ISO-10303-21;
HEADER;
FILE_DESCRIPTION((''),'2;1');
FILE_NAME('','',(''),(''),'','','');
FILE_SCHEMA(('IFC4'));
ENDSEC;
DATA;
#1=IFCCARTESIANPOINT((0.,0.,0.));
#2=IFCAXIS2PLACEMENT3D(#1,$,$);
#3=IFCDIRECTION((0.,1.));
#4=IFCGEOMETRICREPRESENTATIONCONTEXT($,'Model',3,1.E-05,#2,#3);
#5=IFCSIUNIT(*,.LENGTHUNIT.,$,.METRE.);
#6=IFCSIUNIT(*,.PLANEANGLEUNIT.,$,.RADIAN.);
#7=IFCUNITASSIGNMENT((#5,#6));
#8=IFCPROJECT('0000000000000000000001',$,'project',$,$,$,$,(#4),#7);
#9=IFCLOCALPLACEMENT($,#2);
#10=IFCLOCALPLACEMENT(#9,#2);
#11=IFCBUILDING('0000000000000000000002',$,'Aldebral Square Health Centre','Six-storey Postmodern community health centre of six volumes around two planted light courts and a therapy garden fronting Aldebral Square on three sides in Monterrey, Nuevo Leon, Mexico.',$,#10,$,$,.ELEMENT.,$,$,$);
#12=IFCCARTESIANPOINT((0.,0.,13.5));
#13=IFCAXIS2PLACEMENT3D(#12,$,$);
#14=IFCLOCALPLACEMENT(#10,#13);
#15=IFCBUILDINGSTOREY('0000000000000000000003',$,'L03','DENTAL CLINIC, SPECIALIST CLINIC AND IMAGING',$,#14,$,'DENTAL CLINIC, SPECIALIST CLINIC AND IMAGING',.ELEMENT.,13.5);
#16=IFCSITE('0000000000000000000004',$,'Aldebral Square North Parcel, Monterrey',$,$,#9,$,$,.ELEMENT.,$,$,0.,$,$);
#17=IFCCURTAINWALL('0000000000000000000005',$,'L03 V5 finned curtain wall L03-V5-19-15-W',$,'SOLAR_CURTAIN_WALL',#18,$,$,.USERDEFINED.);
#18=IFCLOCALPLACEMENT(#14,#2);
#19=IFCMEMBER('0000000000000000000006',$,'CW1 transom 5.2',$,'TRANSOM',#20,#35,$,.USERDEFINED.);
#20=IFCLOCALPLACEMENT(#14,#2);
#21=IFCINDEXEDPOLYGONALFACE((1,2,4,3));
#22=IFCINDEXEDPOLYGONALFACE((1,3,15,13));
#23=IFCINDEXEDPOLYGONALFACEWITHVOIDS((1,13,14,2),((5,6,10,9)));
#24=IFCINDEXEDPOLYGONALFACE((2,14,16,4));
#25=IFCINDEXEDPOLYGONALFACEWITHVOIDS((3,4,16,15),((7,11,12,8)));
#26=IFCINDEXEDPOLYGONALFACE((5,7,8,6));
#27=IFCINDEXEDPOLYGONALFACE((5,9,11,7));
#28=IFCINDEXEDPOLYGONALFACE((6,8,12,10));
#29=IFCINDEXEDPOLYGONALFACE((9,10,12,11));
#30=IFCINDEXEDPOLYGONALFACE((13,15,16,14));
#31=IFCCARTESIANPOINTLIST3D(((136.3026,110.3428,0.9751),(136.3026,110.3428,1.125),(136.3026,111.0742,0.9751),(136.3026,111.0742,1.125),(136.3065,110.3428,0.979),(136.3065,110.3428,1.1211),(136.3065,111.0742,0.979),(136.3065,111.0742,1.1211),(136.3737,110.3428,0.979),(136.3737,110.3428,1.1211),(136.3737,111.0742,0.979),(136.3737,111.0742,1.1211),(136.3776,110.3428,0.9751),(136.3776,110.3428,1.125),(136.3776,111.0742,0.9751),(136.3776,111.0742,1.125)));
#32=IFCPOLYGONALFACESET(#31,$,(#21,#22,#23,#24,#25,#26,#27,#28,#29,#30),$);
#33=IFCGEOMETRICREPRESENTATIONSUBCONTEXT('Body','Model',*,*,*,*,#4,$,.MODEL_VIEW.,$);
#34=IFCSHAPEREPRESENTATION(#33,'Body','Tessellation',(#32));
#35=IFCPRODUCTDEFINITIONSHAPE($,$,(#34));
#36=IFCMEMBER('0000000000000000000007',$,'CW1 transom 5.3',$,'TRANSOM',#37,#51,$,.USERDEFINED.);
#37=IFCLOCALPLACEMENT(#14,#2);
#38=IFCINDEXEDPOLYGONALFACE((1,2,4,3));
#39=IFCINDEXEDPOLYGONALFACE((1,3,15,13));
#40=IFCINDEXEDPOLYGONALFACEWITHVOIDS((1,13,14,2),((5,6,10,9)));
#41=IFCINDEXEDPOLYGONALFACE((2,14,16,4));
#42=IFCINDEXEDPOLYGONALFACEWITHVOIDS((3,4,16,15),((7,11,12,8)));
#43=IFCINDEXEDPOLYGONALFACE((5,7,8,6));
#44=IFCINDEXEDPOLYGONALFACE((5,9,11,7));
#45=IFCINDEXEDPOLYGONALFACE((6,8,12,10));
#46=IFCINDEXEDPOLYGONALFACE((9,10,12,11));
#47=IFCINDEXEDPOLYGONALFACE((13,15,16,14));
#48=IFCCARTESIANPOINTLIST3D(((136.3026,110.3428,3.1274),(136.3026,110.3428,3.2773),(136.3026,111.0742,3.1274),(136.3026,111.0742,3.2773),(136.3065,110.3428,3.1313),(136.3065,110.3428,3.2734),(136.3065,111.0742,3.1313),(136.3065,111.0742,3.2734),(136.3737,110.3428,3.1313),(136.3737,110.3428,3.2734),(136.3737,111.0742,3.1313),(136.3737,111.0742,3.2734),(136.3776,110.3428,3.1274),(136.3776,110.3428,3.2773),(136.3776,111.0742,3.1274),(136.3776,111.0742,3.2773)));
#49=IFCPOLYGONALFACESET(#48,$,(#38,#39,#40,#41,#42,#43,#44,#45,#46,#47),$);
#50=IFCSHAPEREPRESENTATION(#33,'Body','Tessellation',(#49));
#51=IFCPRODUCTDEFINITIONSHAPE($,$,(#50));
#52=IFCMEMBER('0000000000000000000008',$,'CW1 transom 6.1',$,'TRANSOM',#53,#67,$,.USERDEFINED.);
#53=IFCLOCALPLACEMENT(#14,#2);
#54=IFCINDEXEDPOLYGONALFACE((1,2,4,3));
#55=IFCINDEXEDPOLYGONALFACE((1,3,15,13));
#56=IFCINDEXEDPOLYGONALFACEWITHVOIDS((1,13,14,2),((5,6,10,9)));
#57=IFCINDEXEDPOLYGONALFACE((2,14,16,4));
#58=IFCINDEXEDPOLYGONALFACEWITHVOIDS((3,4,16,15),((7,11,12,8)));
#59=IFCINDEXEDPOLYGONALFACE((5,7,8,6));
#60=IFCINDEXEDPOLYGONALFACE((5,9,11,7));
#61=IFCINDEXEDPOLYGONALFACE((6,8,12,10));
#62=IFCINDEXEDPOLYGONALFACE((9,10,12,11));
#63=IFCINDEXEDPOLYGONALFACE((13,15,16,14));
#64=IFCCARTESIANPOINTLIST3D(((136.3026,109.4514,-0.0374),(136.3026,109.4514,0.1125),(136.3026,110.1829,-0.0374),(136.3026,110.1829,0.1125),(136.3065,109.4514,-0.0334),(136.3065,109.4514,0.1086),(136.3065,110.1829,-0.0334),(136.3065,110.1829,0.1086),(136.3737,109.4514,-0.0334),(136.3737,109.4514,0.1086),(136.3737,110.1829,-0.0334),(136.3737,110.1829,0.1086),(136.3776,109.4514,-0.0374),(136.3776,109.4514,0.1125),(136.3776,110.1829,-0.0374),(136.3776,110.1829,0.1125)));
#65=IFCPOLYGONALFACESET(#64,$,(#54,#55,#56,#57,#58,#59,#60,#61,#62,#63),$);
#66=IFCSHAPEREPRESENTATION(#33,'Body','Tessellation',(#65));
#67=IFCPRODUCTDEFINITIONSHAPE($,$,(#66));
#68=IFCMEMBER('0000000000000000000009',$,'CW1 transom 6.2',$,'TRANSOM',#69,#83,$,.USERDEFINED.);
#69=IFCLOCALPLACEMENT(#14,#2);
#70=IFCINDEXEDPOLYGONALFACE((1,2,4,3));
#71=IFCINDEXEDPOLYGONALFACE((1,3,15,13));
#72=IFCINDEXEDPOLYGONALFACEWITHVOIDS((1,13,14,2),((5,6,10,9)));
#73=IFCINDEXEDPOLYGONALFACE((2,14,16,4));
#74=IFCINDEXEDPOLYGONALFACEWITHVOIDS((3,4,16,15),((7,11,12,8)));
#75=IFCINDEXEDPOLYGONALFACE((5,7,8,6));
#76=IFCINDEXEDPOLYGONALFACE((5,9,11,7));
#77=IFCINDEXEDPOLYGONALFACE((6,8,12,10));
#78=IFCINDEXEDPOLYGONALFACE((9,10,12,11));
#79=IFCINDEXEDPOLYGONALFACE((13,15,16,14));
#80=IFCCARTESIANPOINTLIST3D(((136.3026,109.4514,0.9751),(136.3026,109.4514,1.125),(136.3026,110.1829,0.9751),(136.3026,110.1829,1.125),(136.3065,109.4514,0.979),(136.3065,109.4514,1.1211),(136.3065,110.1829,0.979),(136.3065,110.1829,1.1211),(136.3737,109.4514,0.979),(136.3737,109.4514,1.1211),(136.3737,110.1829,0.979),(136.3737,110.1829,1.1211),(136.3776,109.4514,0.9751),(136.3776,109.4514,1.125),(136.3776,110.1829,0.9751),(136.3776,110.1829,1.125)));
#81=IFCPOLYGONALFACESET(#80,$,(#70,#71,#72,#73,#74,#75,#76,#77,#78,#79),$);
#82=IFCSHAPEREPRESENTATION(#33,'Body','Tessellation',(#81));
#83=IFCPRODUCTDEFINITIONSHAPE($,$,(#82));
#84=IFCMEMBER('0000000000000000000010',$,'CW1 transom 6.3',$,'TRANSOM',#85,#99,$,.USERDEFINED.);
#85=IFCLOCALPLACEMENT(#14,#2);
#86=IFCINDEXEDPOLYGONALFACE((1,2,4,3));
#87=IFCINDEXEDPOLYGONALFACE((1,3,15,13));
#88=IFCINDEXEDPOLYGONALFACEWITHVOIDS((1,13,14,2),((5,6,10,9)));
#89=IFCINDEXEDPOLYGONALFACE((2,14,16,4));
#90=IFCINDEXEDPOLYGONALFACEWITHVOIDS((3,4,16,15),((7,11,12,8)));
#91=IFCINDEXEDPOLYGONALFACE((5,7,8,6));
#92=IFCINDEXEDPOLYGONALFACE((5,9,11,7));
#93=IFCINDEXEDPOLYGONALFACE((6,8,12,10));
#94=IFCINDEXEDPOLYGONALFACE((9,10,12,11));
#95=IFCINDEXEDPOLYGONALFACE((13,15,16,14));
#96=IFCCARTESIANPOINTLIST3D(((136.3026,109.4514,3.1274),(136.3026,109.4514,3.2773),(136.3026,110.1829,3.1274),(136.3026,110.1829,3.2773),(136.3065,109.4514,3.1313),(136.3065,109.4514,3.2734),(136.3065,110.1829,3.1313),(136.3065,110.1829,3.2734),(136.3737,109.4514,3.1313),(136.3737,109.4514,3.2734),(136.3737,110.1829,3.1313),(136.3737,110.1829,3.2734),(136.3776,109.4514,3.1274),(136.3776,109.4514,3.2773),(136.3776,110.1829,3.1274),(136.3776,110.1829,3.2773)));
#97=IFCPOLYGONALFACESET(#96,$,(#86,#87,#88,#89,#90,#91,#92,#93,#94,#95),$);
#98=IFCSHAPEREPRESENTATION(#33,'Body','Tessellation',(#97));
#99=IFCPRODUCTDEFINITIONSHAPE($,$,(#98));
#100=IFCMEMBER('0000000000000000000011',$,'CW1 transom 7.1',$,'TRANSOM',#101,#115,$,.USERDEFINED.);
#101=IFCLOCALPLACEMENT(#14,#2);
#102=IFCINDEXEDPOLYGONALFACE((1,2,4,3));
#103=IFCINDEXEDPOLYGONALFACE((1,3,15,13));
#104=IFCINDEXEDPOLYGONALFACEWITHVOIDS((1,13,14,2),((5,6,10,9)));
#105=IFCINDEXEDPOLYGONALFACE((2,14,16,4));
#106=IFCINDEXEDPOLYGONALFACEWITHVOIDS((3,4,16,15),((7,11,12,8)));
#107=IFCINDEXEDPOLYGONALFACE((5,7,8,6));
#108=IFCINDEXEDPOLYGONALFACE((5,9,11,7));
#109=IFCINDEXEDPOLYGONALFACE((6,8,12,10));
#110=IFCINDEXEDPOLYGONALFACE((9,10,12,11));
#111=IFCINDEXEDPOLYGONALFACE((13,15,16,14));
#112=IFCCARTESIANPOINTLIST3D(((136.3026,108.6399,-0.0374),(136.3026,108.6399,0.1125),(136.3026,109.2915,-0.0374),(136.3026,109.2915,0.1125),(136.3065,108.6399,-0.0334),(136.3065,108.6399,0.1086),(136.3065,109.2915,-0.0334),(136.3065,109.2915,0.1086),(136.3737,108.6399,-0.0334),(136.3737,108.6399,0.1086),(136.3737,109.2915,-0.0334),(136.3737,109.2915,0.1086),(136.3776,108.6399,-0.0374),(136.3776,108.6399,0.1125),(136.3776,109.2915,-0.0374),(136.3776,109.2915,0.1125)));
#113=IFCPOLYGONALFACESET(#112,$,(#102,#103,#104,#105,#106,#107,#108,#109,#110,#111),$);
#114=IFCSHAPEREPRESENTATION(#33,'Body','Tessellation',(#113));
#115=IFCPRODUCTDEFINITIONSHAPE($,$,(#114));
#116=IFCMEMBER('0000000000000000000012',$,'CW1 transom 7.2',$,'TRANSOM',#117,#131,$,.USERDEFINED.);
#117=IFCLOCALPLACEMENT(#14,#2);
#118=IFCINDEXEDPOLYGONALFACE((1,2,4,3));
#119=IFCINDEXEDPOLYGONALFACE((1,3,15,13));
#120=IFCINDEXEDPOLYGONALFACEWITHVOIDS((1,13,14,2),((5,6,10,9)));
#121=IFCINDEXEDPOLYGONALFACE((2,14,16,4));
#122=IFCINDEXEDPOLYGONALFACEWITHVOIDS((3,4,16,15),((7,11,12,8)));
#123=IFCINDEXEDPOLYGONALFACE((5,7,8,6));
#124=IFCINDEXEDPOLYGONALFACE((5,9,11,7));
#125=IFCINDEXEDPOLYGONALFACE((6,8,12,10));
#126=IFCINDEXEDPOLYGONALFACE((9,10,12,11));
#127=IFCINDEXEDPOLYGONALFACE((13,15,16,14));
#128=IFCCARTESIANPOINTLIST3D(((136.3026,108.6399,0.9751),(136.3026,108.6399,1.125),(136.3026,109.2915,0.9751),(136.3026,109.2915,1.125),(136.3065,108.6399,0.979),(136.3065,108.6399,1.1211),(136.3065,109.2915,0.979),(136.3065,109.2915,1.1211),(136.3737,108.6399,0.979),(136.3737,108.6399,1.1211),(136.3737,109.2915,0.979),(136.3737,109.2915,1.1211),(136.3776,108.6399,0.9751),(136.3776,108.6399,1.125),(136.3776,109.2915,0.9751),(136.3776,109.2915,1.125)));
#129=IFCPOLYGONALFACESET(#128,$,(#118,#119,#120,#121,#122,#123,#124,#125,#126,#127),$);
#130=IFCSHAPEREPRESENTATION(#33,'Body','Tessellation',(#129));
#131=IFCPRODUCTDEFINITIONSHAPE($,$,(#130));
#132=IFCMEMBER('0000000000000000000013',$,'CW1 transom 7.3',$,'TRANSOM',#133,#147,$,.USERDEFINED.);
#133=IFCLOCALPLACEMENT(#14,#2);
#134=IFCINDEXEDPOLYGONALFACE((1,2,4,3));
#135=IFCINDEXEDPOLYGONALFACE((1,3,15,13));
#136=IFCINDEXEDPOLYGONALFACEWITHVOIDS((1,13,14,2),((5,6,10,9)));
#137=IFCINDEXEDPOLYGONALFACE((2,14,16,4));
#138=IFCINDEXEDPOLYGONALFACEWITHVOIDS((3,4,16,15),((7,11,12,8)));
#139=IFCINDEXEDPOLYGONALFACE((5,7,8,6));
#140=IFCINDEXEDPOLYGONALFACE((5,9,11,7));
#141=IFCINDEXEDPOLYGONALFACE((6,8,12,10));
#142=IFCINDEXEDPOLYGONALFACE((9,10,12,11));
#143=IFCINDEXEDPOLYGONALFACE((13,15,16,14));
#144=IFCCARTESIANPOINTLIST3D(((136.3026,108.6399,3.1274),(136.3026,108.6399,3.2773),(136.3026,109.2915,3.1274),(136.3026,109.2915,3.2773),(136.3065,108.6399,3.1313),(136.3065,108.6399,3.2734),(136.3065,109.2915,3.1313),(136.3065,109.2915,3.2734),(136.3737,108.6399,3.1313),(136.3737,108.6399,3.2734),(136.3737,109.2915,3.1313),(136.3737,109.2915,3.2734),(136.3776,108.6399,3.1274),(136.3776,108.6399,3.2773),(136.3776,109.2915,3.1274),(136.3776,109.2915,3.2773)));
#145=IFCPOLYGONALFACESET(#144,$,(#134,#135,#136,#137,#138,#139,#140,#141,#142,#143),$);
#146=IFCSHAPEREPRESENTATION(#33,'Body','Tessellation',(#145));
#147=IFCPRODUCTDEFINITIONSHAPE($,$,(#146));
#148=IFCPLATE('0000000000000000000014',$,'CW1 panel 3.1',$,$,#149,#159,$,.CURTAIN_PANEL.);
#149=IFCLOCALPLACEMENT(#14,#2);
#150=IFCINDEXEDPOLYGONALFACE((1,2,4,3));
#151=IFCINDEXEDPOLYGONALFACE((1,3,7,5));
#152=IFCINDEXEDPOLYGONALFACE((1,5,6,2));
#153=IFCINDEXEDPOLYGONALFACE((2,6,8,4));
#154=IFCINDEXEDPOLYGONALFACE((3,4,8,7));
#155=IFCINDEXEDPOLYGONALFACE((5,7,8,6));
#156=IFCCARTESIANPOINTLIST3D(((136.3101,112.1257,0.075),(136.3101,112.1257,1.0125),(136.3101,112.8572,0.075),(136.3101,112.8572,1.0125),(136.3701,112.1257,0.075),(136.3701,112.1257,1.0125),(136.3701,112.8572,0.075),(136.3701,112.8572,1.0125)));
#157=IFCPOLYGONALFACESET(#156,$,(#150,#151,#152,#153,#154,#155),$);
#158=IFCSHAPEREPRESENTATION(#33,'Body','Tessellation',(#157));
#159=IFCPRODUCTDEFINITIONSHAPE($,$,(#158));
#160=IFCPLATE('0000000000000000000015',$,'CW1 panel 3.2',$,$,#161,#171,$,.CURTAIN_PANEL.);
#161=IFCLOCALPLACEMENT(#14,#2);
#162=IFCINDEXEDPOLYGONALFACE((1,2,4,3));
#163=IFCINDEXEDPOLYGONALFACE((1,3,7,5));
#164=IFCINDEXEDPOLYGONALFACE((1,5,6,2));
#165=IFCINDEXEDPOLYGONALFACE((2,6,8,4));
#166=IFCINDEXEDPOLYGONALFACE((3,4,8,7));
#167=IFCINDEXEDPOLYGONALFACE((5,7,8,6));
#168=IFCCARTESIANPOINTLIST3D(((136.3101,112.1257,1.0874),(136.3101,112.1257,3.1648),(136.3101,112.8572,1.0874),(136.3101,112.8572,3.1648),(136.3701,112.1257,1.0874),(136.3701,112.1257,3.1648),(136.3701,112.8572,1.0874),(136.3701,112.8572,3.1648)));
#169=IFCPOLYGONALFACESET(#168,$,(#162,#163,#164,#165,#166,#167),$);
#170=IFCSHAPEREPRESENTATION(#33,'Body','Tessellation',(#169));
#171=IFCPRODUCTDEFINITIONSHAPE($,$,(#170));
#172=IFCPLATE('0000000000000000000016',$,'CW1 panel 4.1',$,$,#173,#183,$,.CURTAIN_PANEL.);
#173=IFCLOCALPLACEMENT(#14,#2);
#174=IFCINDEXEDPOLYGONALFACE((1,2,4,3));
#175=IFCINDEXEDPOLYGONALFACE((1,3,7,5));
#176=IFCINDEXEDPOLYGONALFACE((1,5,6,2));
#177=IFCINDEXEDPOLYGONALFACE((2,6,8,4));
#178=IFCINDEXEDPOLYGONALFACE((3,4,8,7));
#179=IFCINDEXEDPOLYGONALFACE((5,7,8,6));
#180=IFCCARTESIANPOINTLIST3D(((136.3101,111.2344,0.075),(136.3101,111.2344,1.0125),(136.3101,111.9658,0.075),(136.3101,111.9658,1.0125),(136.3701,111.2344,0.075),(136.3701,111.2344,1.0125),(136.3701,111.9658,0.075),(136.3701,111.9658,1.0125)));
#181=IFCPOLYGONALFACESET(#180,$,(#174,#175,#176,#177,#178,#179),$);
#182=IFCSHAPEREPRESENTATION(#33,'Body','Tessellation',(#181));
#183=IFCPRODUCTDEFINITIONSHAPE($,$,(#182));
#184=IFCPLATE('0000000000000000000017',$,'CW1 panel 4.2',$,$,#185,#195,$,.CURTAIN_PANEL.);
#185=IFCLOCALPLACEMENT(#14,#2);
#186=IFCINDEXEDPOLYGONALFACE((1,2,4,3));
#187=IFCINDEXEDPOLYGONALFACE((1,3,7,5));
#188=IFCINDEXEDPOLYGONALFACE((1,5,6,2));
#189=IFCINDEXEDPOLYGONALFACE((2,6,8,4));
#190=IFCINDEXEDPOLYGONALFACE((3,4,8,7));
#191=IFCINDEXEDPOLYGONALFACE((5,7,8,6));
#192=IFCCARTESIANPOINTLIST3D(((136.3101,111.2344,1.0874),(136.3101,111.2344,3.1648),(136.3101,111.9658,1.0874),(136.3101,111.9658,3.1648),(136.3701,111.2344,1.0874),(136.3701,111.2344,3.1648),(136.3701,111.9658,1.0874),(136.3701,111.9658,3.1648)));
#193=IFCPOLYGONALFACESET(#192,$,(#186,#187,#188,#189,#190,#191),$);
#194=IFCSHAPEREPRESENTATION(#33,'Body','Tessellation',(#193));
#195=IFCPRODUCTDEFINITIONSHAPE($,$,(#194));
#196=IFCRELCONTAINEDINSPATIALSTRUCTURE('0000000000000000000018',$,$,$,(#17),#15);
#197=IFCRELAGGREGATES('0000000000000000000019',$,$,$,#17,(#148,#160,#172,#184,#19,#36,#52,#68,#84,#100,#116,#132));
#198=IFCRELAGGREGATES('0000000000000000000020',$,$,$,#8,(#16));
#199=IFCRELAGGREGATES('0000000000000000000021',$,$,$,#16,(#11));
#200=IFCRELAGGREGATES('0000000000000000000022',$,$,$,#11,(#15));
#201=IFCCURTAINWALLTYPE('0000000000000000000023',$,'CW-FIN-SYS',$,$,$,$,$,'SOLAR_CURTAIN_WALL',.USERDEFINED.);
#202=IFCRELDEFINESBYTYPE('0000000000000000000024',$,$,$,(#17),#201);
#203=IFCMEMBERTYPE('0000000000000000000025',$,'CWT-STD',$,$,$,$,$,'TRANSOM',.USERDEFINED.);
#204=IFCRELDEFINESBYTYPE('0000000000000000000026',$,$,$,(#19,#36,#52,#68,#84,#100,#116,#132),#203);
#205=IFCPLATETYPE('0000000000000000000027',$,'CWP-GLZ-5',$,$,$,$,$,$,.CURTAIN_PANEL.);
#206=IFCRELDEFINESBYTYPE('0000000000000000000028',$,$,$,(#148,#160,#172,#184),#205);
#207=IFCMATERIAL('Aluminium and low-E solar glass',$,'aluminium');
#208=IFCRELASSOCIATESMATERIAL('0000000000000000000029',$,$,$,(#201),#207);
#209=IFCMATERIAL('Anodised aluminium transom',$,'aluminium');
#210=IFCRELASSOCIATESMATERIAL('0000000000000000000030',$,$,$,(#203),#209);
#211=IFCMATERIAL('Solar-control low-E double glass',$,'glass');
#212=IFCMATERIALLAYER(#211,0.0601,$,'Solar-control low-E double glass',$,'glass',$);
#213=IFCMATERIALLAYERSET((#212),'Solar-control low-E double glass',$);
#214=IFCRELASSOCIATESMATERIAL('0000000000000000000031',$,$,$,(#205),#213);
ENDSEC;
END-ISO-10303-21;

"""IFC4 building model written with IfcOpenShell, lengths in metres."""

from ifc_helpers import new_model, si_unit, direction, frame, origin, origin_2d, place, context, subcontext, project, spatial, rectangle, hollow_rectangle, extrude, material, layer, layer_set, material_profile, profile_set, type_object, element, aggregate, save


model = new_model("IFC4")

# Units and contexts
model_context = context("Model", 3, precision=1e-05, world=origin(), true_north=direction((0.0, 1.0)))
body_context = subcontext(model_context, "Body", "Model", "MODEL_VIEW")
ifc_project = project(units=[si_unit("LENGTHUNIT", "METRE"), si_unit("PLANEANGLEUNIT", "RADIAN")], contexts=[model_context])

# Site, building, storey
site_placement = place(None, origin())
site = spatial("IfcSite", under=ifc_project, at=site_placement, Name="Aldebral Square North Parcel, Monterrey", CompositionType="ELEMENT", RefElevation=0.0)
building_placement = place(site_placement, origin())
building = spatial("IfcBuilding", under=site, at=building_placement, Name="Aldebral Square Health Centre", Description="Six-storey Postmodern community health centre of six volumes around two planted light courts and a therapy garden fronting Aldebral Square on three sides in Monterrey, Nuevo Leon, Mexico.", CompositionType="ELEMENT")
storey_placement = place(building_placement, frame((0.0, 0.0, 13.5)))
storey = spatial("IfcBuildingStorey", under=building, at=storey_placement, Name="L03", Description="DENTAL CLINIC, SPECIALIST CLINIC AND IMAGING", LongName="DENTAL CLINIC, SPECIALIST CLINIC AND IMAGING", CompositionType="ELEMENT", Elevation=13.5)

# Curtain wall, members, plates
ifc_material_1 = material(Name="Aluminium and low-E solar glass", Category="aluminium")
curtain_wall_type = type_object("IfcCurtainWallType", Name="CW-FIN-SYS", ElementType="SOLAR_CURTAIN_WALL", PredefinedType="USERDEFINED", material=ifc_material_1)
curtain_wall_placement = place(storey_placement, origin())
curtain_wall = element("IfcCurtainWall", 1, at=curtain_wall_placement, inside=storey, type_object=curtain_wall_type, Name="L03 V5 finned curtain wall L03-V5-19-15-W", ObjectType="SOLAR_CURTAIN_WALL", PredefinedType="USERDEFINED")
ifc_material_2 = material(Name="Anodised aluminium transom", Category="aluminium")
ifc_material_profile_1 = material_profile(ifc_material_2, hollow_rectangle(XDim=0.075, YDim=0.1499, WallThickness=0.0039, at=origin_2d()), Name="CWT 75x150x4")
ifc_profile_set_1 = profile_set([ifc_material_profile_1], Name="Anodised aluminium transom")
member_type_1 = type_object("IfcMemberType", Name="CWT-STD", ElementType="TRANSOM", PredefinedType="USERDEFINED", material=ifc_profile_set_1)
member_1_placement = place(storey_placement, frame((136.3401, 111.0742, 1.05), z_axis=(0.0, -1.0, 0.0), x_axis=(1.0, 0.0, 0.0)))
member_1 = element("IfcMember", 2, at=member_1_placement, type_object=member_type_1, Name="CW1 transom 5.2", ObjectType="TRANSOM", PredefinedType="USERDEFINED", context=body_context, shape_type="SweptSolid", body=[
    extrude(hollow_rectangle(XDim=0.075, YDim=0.1499, WallThickness=0.0039, at=origin_2d()), origin(), (0.0, 0.0, 1.0), 0.7314),
])
member_2_placement = place(storey_placement, frame((136.3401, 111.0742, 3.2024), z_axis=(0.0, -1.0, 0.0), x_axis=(1.0, 0.0, 0.0)))
member_2 = element("IfcMember", 3, at=member_2_placement, type_object=member_type_1, Name="CW1 transom 5.3", ObjectType="TRANSOM", PredefinedType="USERDEFINED", context=body_context, shape_type="SweptSolid", body=[
    extrude(hollow_rectangle(XDim=0.075, YDim=0.1499, WallThickness=0.0039, at=origin_2d()), origin(), (0.0, 0.0, 1.0), 0.7314),
])
member_3_placement = place(storey_placement, frame((136.3401, 110.1829, 0.0376), z_axis=(0.0, -1.0, 0.0), x_axis=(1.0, 0.0, 0.0)))
member_3 = element("IfcMember", 4, at=member_3_placement, type_object=member_type_1, Name="CW1 transom 6.1", ObjectType="TRANSOM", PredefinedType="USERDEFINED", context=body_context, shape_type="SweptSolid", body=[
    extrude(hollow_rectangle(XDim=0.075, YDim=0.1499, WallThickness=0.0039, at=origin_2d()), origin(), (0.0, 0.0, 1.0), 0.7314),
])
member_4_placement = place(storey_placement, frame((136.3401, 110.1829, 1.05), z_axis=(0.0, -1.0, 0.0), x_axis=(1.0, 0.0, 0.0)))
member_4 = element("IfcMember", 5, at=member_4_placement, type_object=member_type_1, Name="CW1 transom 6.2", ObjectType="TRANSOM", PredefinedType="USERDEFINED", context=body_context, shape_type="SweptSolid", body=[
    extrude(hollow_rectangle(XDim=0.075, YDim=0.1499, WallThickness=0.0039, at=origin_2d()), origin(), (0.0, 0.0, 1.0), 0.7314),
])
member_5_placement = place(storey_placement, frame((136.3401, 110.1829, 3.2024), z_axis=(0.0, -1.0, 0.0), x_axis=(1.0, 0.0, 0.0)))
member_5 = element("IfcMember", 6, at=member_5_placement, type_object=member_type_1, Name="CW1 transom 6.3", ObjectType="TRANSOM", PredefinedType="USERDEFINED", context=body_context, shape_type="SweptSolid", body=[
    extrude(hollow_rectangle(XDim=0.075, YDim=0.1499, WallThickness=0.0039, at=origin_2d()), origin(), (0.0, 0.0, 1.0), 0.7314),
])
member_6_placement = place(storey_placement, frame((136.3401, 109.2915, 0.0376), z_axis=(0.0, -1.0, 0.0), x_axis=(1.0, 0.0, 0.0)))
member_6 = element("IfcMember", 7, at=member_6_placement, type_object=member_type_1, Name="CW1 transom 7.1", ObjectType="TRANSOM", PredefinedType="USERDEFINED", context=body_context, shape_type="SweptSolid", body=[
    extrude(hollow_rectangle(XDim=0.075, YDim=0.1499, WallThickness=0.0039, at=origin_2d()), origin(), (0.0, 0.0, 1.0), 0.6516),
])
member_7_placement = place(storey_placement, frame((136.3401, 109.2915, 1.05), z_axis=(0.0, -1.0, 0.0), x_axis=(1.0, 0.0, 0.0)))
member_7 = element("IfcMember", 8, at=member_7_placement, type_object=member_type_1, Name="CW1 transom 7.2", ObjectType="TRANSOM", PredefinedType="USERDEFINED", context=body_context, shape_type="SweptSolid", body=[
    extrude(hollow_rectangle(XDim=0.075, YDim=0.1499, WallThickness=0.0039, at=origin_2d()), origin(), (0.0, 0.0, 1.0), 0.6516),
])
member_8_placement = place(storey_placement, frame((136.3401, 109.2915, 3.2024), z_axis=(0.0, -1.0, 0.0), x_axis=(1.0, 0.0, 0.0)))
member_8 = element("IfcMember", 9, at=member_8_placement, type_object=member_type_1, Name="CW1 transom 7.3", ObjectType="TRANSOM", PredefinedType="USERDEFINED", context=body_context, shape_type="SweptSolid", body=[
    extrude(hollow_rectangle(XDim=0.075, YDim=0.1499, WallThickness=0.0039, at=origin_2d()), origin(), (0.0, 0.0, 1.0), 0.6516),
])
ifc_material_3 = material(Name="Solar-control low-E double glass", Category="glass")
ifc_layer = layer(ifc_material_3, 0.0601, Name="Solar-control low-E double glass", Category="glass")
ifc_layer_set = layer_set([ifc_layer], Name="Solar-control low-E double glass")
plate_type = type_object("IfcPlateType", Name="CWP-GLZ-5", PredefinedType="CURTAIN_PANEL", material=ifc_layer_set)
plate_1_placement = place(storey_placement, frame((136.3401, 112.4915, 0.075), z_axis=(0.0, 0.0, 1.0), x_axis=(0.0, -1.0, 0.0)))
plate_1 = element("IfcPlate", 10, at=plate_1_placement, type_object=plate_type, Name="CW1 panel 3.1", PredefinedType="CURTAIN_PANEL", context=body_context, shape_type="SweptSolid", body=[
    extrude(rectangle(XDim=0.7314, YDim=0.0601, at=origin_2d()), origin(), (0.0, 0.0, 1.0), 0.9375),
])
plate_2_placement = place(storey_placement, frame((136.3401, 112.4915, 1.0874), z_axis=(0.0, 0.0, 1.0), x_axis=(0.0, -1.0, 0.0)))
plate_2 = element("IfcPlate", 11, at=plate_2_placement, type_object=plate_type, Name="CW1 panel 3.2", PredefinedType="CURTAIN_PANEL", context=body_context, shape_type="SweptSolid", body=[
    extrude(rectangle(XDim=0.7314, YDim=0.0601, at=origin_2d()), origin(), (0.0, 0.0, 1.0), 2.0774),
])
plate_3_placement = place(storey_placement, frame((136.3401, 111.6001, 0.075), z_axis=(0.0, 0.0, 1.0), x_axis=(0.0, -1.0, 0.0)))
plate_3 = element("IfcPlate", 12, at=plate_3_placement, type_object=plate_type, Name="CW1 panel 4.1", PredefinedType="CURTAIN_PANEL", context=body_context, shape_type="SweptSolid", body=[
    extrude(rectangle(XDim=0.7314, YDim=0.0601, at=origin_2d()), origin(), (0.0, 0.0, 1.0), 0.9375),
])
plate_4_placement = place(storey_placement, frame((136.3401, 111.6001, 1.0874), z_axis=(0.0, 0.0, 1.0), x_axis=(0.0, -1.0, 0.0)))
plate_4 = element("IfcPlate", 13, at=plate_4_placement, type_object=plate_type, Name="CW1 panel 4.2", PredefinedType="CURTAIN_PANEL", context=body_context, shape_type="SweptSolid", body=[
    extrude(rectangle(XDim=0.7314, YDim=0.0601, at=origin_2d()), origin(), (0.0, 0.0, 1.0), 2.0774),
])
aggregate(curtain_wall, [plate_1, plate_2, plate_3, plate_4, member_1, member_2, member_3, member_4, member_5, member_6, member_7, member_8])

save(model, "model.ifc")
